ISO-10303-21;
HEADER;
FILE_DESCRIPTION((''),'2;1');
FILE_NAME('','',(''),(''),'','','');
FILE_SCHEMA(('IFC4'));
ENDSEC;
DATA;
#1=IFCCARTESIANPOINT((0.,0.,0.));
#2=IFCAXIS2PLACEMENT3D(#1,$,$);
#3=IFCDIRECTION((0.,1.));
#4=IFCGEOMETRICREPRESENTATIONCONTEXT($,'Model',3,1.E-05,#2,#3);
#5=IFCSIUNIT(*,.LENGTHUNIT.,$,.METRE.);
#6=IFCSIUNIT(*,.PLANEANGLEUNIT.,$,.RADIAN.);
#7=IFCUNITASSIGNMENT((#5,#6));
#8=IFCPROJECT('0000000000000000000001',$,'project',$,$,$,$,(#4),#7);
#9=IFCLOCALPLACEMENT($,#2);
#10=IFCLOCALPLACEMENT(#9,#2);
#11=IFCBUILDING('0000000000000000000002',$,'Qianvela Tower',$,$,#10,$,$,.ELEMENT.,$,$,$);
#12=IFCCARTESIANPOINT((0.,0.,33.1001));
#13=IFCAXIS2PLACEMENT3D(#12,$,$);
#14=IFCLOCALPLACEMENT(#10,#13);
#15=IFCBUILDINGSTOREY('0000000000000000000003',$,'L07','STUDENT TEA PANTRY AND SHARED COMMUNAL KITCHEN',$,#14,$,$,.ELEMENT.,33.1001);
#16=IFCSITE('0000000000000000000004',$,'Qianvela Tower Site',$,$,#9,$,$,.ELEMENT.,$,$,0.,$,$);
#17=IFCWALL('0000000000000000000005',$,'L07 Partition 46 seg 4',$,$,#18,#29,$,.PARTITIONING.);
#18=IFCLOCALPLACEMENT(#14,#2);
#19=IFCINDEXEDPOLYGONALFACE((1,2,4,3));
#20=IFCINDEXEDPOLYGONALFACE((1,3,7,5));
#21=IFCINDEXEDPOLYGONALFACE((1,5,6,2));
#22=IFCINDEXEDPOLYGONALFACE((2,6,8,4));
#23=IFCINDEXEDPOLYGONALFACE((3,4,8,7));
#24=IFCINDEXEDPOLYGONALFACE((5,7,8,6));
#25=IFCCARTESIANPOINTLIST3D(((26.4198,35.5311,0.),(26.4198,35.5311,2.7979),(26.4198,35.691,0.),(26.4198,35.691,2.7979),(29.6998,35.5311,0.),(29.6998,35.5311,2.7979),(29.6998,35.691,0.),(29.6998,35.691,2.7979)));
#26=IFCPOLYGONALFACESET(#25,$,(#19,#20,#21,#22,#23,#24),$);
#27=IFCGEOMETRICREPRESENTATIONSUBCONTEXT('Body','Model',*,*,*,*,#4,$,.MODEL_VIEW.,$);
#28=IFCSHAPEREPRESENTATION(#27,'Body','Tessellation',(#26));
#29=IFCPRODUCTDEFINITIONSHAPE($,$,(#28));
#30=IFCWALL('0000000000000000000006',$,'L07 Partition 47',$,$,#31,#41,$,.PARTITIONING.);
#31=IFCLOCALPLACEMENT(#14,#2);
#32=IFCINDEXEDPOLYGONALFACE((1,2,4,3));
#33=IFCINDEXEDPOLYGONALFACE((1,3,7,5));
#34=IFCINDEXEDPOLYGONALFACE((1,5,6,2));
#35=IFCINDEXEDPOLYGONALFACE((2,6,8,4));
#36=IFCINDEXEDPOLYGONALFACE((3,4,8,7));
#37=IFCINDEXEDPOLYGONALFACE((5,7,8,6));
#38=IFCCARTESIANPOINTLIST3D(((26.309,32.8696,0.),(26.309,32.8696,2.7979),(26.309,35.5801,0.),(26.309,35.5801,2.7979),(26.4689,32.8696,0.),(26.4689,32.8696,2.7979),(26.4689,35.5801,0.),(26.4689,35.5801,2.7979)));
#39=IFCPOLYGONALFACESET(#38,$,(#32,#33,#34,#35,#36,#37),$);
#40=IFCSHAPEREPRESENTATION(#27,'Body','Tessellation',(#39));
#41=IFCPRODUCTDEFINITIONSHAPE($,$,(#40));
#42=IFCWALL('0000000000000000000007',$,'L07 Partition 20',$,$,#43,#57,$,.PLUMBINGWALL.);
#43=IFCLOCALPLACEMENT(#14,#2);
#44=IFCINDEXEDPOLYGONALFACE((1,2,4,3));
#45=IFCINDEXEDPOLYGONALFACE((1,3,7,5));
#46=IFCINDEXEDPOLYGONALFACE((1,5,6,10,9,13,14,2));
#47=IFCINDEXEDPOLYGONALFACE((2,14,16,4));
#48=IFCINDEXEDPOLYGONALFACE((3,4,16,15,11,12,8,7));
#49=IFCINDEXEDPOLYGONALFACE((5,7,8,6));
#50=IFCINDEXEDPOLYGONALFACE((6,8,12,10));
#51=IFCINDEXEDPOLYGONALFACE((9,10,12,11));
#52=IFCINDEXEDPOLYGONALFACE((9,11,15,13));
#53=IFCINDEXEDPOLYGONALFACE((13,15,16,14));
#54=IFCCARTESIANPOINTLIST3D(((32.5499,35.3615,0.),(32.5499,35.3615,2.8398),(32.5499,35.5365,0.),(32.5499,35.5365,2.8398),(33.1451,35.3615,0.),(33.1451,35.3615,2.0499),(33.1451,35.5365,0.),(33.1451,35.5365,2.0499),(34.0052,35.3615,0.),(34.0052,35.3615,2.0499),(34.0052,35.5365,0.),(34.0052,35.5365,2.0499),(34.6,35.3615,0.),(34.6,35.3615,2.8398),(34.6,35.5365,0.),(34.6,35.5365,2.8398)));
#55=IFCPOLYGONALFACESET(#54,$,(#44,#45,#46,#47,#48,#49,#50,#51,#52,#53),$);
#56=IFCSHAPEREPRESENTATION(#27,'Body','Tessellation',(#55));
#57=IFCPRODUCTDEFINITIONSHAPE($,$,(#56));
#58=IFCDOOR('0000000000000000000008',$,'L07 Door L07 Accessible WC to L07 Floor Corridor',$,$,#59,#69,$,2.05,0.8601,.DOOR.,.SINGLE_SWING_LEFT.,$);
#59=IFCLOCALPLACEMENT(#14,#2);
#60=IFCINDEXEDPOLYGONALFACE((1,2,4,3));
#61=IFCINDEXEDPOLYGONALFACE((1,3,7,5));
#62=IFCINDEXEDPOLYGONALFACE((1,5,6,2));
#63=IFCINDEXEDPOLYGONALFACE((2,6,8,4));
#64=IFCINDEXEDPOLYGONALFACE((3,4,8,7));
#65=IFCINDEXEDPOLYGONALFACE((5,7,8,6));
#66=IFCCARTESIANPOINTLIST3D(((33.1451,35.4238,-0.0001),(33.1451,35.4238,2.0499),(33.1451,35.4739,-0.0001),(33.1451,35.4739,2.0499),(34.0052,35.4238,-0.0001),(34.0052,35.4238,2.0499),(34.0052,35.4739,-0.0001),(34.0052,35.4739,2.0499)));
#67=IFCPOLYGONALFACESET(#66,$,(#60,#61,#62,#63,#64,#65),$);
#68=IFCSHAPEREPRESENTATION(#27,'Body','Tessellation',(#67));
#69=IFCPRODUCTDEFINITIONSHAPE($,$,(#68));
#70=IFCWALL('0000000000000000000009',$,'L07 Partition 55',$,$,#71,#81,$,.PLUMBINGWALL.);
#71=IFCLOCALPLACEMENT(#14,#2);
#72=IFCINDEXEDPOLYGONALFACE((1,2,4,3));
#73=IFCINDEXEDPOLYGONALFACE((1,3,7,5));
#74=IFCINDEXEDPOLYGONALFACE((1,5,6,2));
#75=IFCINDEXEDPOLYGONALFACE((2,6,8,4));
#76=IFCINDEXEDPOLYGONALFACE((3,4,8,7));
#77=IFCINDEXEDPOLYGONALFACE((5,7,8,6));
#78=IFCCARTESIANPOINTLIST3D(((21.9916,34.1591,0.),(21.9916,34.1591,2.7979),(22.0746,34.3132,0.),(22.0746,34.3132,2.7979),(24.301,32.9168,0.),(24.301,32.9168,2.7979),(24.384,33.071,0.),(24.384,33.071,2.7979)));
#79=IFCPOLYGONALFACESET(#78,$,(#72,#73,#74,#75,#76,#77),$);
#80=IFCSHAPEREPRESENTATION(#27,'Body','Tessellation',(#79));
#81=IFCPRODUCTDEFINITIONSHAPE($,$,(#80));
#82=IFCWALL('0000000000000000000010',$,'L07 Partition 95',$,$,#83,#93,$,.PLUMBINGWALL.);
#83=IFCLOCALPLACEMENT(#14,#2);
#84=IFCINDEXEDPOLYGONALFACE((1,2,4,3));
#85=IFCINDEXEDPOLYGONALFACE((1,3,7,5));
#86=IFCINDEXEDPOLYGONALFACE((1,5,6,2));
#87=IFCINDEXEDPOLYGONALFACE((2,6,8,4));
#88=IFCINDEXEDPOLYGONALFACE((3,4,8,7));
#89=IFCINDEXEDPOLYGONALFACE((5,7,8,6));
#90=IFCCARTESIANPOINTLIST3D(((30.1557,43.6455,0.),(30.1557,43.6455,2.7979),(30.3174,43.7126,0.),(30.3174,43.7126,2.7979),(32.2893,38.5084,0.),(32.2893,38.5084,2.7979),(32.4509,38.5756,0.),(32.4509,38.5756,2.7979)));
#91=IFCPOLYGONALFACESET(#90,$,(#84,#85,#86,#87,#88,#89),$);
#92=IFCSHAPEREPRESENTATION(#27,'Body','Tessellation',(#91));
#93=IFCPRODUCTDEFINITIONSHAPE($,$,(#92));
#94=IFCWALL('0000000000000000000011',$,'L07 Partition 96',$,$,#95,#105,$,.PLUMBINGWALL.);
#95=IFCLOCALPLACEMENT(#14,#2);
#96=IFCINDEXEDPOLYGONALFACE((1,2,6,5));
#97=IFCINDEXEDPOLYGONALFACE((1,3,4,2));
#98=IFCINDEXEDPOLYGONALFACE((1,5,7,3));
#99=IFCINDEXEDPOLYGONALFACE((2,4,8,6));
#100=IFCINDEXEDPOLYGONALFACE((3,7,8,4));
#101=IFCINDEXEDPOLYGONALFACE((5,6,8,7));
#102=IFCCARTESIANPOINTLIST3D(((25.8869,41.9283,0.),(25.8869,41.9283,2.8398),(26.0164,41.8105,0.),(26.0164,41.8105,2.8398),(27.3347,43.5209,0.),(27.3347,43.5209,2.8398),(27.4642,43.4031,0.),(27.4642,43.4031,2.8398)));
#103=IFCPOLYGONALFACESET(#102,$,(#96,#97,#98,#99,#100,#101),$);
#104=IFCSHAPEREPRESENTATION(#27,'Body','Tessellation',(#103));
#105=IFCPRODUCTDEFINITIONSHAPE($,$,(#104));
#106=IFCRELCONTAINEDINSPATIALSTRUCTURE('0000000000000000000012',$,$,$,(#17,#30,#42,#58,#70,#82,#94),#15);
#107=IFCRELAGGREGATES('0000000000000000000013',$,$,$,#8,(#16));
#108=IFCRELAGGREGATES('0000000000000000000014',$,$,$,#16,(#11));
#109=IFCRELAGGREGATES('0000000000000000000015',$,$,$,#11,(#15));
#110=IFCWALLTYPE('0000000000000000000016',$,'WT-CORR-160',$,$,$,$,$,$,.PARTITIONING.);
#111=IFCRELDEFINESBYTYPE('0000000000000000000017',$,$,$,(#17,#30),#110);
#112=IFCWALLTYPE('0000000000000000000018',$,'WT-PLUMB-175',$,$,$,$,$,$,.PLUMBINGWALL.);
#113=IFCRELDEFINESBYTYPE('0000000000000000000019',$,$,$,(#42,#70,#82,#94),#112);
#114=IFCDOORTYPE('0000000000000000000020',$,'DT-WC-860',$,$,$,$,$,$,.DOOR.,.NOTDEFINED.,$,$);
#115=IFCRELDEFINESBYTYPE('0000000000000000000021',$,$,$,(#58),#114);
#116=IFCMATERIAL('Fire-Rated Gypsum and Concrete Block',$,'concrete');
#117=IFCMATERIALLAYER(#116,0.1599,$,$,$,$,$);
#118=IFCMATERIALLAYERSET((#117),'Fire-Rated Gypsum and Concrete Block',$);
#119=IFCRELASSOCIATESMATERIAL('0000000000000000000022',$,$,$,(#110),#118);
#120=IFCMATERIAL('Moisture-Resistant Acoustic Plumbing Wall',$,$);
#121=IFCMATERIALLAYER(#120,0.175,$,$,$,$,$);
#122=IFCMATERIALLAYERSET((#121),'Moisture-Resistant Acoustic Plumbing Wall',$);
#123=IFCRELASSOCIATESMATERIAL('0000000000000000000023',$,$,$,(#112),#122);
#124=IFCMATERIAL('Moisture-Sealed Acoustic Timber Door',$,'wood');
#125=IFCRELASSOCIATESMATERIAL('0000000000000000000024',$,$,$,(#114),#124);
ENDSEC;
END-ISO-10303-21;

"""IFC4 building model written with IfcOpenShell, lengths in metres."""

from ifc_helpers import new_model, si_unit, direction, frame, frame_2d, origin, place, context, subcontext, project, spatial, rectangle, extrude, material, layer, layer_set, type_object, element, fill, save


model = new_model("IFC4")

# Units and contexts
model_context = context("Model", 3, precision=1e-05, world=origin(), true_north=direction((0.0, 1.0)))
body_context = subcontext(model_context, "Body", "Model", "MODEL_VIEW")
ifc_project = project(units=[si_unit("LENGTHUNIT", "METRE"), si_unit("PLANEANGLEUNIT", "RADIAN")], contexts=[model_context])

# Site, building, storey
site_placement = place(None, origin())
site = spatial("IfcSite", under=ifc_project, at=site_placement, Name="Qianvela Tower Site", CompositionType="ELEMENT", RefElevation=0.0)
building_placement = place(site_placement, origin())
building = spatial("IfcBuilding", under=site, at=building_placement, Name="Qianvela Tower", CompositionType="ELEMENT")
storey_placement = place(building_placement, frame((0.0, 0.0, 33.1001)))
storey = spatial("IfcBuildingStorey", under=building, at=storey_placement, Name="L07", Description="STUDENT TEA PANTRY AND SHARED COMMUNAL KITCHEN", CompositionType="ELEMENT", Elevation=33.1001)

# Shared definitions
ifc_material_1 = material(Name="Fire-Rated Gypsum and Concrete Block", Category="concrete")
ifc_layer_1 = layer(ifc_material_1, 0.1599)
ifc_layer_set_1 = layer_set([ifc_layer_1], Name="Fire-Rated Gypsum and Concrete Block")
wall_type_1 = type_object("IfcWallType", Name="WT-CORR-160", PredefinedType="PARTITIONING", material=ifc_layer_set_1)

# Walls
wall_1_placement = place(storey_placement, frame((29.7, 35.6111, 0.0), z_axis=(0.0, 0.0, 1.0), x_axis=(-1.0, 0.0, 0.0)))
element("IfcWall", 1, at=wall_1_placement, inside=storey, type_object=wall_type_1, Name="L07 Partition 46 seg 4", PredefinedType="PARTITIONING", context=body_context, shape_type="SweptSolid", body=[
    extrude(rectangle(XDim=3.28, YDim=0.1599, at=frame_2d((1.6401, 0.0))), origin(), (0.0, 0.0, 1.0), 2.7979),
])
wall_2_placement = place(storey_placement, frame((26.3889, 35.5801, 0.0), z_axis=(0.0, 0.0, 1.0), x_axis=(0.0, -1.0, 0.0)))
element("IfcWall", 2, at=wall_2_placement, inside=storey, type_object=wall_type_1, Name="L07 Partition 47", PredefinedType="PARTITIONING", context=body_context, shape_type="SweptSolid", body=[
    extrude(rectangle(XDim=2.7104, YDim=0.1599, at=frame_2d((1.3552, 0.0))), origin(), (0.0, 0.0, 1.0), 2.7979),
])

# Wall, opening, door
ifc_material_2 = material(Name="Moisture-Resistant Acoustic Plumbing Wall")
ifc_layer_2 = layer(ifc_material_2, 0.175)
ifc_layer_set_2 = layer_set([ifc_layer_2], Name="Moisture-Resistant Acoustic Plumbing Wall")
wall_type_2 = type_object("IfcWallType", Name="WT-PLUMB-175", PredefinedType="PLUMBINGWALL", material=ifc_layer_set_2)
wall_3_placement = place(storey_placement, frame((32.55, 35.449, 0.0), z_axis=(0.0, 0.0, 1.0), x_axis=(1.0, 0.0, 0.0)))
wall_3 = element("IfcWall", 3, at=wall_3_placement, inside=storey, type_object=wall_type_2, Name="L07 Partition 20", PredefinedType="PLUMBINGWALL", context=body_context, shape_type="SweptSolid", body=[
    extrude(rectangle(XDim=2.05, YDim=0.175, at=frame_2d((1.0249, 0.0))), origin(), (0.0, 0.0, 1.0), 2.8398),
])
opening_1_placement = place(wall_3_placement, frame((0.595, 0.0, 0.0)))
opening_1 = element("IfcOpeningElement", 4, at=opening_1_placement, cuts=wall_3, PredefinedType="OPENING", context=body_context, shape_type="SweptSolid", body=[
    extrude(rectangle(XDim=0.8601, YDim=2.05, at=frame_2d((0.4302, 1.0249))), frame((0.0, 0.0974, 0.0), z_axis=(0.0, -1.0, 0.0), x_axis=(1.0, 0.0, 0.0)), (0.0, 0.0, 1.0), 0.1951),
])
ifc_material_3 = material(Name="Moisture-Sealed Acoustic Timber Door", Category="wood")
door_type_1 = type_object("IfcDoorType", Name="DT-WC-860", OperationType="NOTDEFINED", PredefinedType="DOOR", material=ifc_material_3)
door_1_placement = place(opening_1_placement, origin())
door_1 = element("IfcDoor", 5, at=door_1_placement, inside=storey, type_object=door_type_1, Name="L07 Door L07 Accessible WC to L07 Floor Corridor", OperationType="SINGLE_SWING_LEFT", OverallHeight=2.05, OverallWidth=0.8601, PredefinedType="DOOR", context=body_context, shape_type="SweptSolid", body=[
    extrude(rectangle(XDim=0.8601, YDim=2.05, at=frame_2d((0.4302, 1.0249))), frame((0.0, 0.0249, 0.0), z_axis=(0.0, -1.0, 0.0), x_axis=(1.0, 0.0, 0.0)), (0.0, 0.0, 1.0), 0.05),
])
fill(opening_1, door_1)

# Walls
wall_4_placement = place(storey_placement, frame((22.0332, 34.2361, 0.0), z_axis=(0.0, 0.0, 1.0), x_axis=(0.880677, -0.473717, 0.0)))
element("IfcWall", 6, at=wall_4_placement, inside=storey, type_object=wall_type_2, Name="L07 Partition 55", PredefinedType="PLUMBINGWALL", context=body_context, shape_type="SweptSolid", body=[
    extrude(rectangle(XDim=2.6223, YDim=0.175, at=frame_2d((1.311, 0.0))), origin(), (0.0, 0.0, 1.0), 2.7979),
])
wall_5_placement = place(storey_placement, frame((32.3701, 38.542, 0.0), z_axis=(0.0, 0.0, 1.0), x_axis=(-0.383565, 0.923514, 0.0)))
element("IfcWall", 7, at=wall_5_placement, inside=storey, type_object=wall_type_2, Name="L07 Partition 95", PredefinedType="PLUMBINGWALL", context=body_context, shape_type="SweptSolid", body=[
    extrude(rectangle(XDim=5.5625, YDim=0.175, at=frame_2d((2.7812, 0.0))), origin(), (0.0, 0.0, 1.0), 2.7979),
])
wall_6_placement = place(storey_placement, frame((25.9517, 41.8694, 0.0), z_axis=(0.0, 0.0, 1.0), x_axis=(0.672673, 0.73994, 0.0)))
element("IfcWall", 8, at=wall_6_placement, inside=storey, type_object=wall_type_2, Name="L07 Partition 96", PredefinedType="PLUMBINGWALL", context=body_context, shape_type="SweptSolid", body=[
    extrude(rectangle(XDim=2.1523, YDim=0.175, at=frame_2d((1.0762, 0.0))), origin(), (0.0, 0.0, 1.0), 2.8398),
])

save(model, "model.ifc")
